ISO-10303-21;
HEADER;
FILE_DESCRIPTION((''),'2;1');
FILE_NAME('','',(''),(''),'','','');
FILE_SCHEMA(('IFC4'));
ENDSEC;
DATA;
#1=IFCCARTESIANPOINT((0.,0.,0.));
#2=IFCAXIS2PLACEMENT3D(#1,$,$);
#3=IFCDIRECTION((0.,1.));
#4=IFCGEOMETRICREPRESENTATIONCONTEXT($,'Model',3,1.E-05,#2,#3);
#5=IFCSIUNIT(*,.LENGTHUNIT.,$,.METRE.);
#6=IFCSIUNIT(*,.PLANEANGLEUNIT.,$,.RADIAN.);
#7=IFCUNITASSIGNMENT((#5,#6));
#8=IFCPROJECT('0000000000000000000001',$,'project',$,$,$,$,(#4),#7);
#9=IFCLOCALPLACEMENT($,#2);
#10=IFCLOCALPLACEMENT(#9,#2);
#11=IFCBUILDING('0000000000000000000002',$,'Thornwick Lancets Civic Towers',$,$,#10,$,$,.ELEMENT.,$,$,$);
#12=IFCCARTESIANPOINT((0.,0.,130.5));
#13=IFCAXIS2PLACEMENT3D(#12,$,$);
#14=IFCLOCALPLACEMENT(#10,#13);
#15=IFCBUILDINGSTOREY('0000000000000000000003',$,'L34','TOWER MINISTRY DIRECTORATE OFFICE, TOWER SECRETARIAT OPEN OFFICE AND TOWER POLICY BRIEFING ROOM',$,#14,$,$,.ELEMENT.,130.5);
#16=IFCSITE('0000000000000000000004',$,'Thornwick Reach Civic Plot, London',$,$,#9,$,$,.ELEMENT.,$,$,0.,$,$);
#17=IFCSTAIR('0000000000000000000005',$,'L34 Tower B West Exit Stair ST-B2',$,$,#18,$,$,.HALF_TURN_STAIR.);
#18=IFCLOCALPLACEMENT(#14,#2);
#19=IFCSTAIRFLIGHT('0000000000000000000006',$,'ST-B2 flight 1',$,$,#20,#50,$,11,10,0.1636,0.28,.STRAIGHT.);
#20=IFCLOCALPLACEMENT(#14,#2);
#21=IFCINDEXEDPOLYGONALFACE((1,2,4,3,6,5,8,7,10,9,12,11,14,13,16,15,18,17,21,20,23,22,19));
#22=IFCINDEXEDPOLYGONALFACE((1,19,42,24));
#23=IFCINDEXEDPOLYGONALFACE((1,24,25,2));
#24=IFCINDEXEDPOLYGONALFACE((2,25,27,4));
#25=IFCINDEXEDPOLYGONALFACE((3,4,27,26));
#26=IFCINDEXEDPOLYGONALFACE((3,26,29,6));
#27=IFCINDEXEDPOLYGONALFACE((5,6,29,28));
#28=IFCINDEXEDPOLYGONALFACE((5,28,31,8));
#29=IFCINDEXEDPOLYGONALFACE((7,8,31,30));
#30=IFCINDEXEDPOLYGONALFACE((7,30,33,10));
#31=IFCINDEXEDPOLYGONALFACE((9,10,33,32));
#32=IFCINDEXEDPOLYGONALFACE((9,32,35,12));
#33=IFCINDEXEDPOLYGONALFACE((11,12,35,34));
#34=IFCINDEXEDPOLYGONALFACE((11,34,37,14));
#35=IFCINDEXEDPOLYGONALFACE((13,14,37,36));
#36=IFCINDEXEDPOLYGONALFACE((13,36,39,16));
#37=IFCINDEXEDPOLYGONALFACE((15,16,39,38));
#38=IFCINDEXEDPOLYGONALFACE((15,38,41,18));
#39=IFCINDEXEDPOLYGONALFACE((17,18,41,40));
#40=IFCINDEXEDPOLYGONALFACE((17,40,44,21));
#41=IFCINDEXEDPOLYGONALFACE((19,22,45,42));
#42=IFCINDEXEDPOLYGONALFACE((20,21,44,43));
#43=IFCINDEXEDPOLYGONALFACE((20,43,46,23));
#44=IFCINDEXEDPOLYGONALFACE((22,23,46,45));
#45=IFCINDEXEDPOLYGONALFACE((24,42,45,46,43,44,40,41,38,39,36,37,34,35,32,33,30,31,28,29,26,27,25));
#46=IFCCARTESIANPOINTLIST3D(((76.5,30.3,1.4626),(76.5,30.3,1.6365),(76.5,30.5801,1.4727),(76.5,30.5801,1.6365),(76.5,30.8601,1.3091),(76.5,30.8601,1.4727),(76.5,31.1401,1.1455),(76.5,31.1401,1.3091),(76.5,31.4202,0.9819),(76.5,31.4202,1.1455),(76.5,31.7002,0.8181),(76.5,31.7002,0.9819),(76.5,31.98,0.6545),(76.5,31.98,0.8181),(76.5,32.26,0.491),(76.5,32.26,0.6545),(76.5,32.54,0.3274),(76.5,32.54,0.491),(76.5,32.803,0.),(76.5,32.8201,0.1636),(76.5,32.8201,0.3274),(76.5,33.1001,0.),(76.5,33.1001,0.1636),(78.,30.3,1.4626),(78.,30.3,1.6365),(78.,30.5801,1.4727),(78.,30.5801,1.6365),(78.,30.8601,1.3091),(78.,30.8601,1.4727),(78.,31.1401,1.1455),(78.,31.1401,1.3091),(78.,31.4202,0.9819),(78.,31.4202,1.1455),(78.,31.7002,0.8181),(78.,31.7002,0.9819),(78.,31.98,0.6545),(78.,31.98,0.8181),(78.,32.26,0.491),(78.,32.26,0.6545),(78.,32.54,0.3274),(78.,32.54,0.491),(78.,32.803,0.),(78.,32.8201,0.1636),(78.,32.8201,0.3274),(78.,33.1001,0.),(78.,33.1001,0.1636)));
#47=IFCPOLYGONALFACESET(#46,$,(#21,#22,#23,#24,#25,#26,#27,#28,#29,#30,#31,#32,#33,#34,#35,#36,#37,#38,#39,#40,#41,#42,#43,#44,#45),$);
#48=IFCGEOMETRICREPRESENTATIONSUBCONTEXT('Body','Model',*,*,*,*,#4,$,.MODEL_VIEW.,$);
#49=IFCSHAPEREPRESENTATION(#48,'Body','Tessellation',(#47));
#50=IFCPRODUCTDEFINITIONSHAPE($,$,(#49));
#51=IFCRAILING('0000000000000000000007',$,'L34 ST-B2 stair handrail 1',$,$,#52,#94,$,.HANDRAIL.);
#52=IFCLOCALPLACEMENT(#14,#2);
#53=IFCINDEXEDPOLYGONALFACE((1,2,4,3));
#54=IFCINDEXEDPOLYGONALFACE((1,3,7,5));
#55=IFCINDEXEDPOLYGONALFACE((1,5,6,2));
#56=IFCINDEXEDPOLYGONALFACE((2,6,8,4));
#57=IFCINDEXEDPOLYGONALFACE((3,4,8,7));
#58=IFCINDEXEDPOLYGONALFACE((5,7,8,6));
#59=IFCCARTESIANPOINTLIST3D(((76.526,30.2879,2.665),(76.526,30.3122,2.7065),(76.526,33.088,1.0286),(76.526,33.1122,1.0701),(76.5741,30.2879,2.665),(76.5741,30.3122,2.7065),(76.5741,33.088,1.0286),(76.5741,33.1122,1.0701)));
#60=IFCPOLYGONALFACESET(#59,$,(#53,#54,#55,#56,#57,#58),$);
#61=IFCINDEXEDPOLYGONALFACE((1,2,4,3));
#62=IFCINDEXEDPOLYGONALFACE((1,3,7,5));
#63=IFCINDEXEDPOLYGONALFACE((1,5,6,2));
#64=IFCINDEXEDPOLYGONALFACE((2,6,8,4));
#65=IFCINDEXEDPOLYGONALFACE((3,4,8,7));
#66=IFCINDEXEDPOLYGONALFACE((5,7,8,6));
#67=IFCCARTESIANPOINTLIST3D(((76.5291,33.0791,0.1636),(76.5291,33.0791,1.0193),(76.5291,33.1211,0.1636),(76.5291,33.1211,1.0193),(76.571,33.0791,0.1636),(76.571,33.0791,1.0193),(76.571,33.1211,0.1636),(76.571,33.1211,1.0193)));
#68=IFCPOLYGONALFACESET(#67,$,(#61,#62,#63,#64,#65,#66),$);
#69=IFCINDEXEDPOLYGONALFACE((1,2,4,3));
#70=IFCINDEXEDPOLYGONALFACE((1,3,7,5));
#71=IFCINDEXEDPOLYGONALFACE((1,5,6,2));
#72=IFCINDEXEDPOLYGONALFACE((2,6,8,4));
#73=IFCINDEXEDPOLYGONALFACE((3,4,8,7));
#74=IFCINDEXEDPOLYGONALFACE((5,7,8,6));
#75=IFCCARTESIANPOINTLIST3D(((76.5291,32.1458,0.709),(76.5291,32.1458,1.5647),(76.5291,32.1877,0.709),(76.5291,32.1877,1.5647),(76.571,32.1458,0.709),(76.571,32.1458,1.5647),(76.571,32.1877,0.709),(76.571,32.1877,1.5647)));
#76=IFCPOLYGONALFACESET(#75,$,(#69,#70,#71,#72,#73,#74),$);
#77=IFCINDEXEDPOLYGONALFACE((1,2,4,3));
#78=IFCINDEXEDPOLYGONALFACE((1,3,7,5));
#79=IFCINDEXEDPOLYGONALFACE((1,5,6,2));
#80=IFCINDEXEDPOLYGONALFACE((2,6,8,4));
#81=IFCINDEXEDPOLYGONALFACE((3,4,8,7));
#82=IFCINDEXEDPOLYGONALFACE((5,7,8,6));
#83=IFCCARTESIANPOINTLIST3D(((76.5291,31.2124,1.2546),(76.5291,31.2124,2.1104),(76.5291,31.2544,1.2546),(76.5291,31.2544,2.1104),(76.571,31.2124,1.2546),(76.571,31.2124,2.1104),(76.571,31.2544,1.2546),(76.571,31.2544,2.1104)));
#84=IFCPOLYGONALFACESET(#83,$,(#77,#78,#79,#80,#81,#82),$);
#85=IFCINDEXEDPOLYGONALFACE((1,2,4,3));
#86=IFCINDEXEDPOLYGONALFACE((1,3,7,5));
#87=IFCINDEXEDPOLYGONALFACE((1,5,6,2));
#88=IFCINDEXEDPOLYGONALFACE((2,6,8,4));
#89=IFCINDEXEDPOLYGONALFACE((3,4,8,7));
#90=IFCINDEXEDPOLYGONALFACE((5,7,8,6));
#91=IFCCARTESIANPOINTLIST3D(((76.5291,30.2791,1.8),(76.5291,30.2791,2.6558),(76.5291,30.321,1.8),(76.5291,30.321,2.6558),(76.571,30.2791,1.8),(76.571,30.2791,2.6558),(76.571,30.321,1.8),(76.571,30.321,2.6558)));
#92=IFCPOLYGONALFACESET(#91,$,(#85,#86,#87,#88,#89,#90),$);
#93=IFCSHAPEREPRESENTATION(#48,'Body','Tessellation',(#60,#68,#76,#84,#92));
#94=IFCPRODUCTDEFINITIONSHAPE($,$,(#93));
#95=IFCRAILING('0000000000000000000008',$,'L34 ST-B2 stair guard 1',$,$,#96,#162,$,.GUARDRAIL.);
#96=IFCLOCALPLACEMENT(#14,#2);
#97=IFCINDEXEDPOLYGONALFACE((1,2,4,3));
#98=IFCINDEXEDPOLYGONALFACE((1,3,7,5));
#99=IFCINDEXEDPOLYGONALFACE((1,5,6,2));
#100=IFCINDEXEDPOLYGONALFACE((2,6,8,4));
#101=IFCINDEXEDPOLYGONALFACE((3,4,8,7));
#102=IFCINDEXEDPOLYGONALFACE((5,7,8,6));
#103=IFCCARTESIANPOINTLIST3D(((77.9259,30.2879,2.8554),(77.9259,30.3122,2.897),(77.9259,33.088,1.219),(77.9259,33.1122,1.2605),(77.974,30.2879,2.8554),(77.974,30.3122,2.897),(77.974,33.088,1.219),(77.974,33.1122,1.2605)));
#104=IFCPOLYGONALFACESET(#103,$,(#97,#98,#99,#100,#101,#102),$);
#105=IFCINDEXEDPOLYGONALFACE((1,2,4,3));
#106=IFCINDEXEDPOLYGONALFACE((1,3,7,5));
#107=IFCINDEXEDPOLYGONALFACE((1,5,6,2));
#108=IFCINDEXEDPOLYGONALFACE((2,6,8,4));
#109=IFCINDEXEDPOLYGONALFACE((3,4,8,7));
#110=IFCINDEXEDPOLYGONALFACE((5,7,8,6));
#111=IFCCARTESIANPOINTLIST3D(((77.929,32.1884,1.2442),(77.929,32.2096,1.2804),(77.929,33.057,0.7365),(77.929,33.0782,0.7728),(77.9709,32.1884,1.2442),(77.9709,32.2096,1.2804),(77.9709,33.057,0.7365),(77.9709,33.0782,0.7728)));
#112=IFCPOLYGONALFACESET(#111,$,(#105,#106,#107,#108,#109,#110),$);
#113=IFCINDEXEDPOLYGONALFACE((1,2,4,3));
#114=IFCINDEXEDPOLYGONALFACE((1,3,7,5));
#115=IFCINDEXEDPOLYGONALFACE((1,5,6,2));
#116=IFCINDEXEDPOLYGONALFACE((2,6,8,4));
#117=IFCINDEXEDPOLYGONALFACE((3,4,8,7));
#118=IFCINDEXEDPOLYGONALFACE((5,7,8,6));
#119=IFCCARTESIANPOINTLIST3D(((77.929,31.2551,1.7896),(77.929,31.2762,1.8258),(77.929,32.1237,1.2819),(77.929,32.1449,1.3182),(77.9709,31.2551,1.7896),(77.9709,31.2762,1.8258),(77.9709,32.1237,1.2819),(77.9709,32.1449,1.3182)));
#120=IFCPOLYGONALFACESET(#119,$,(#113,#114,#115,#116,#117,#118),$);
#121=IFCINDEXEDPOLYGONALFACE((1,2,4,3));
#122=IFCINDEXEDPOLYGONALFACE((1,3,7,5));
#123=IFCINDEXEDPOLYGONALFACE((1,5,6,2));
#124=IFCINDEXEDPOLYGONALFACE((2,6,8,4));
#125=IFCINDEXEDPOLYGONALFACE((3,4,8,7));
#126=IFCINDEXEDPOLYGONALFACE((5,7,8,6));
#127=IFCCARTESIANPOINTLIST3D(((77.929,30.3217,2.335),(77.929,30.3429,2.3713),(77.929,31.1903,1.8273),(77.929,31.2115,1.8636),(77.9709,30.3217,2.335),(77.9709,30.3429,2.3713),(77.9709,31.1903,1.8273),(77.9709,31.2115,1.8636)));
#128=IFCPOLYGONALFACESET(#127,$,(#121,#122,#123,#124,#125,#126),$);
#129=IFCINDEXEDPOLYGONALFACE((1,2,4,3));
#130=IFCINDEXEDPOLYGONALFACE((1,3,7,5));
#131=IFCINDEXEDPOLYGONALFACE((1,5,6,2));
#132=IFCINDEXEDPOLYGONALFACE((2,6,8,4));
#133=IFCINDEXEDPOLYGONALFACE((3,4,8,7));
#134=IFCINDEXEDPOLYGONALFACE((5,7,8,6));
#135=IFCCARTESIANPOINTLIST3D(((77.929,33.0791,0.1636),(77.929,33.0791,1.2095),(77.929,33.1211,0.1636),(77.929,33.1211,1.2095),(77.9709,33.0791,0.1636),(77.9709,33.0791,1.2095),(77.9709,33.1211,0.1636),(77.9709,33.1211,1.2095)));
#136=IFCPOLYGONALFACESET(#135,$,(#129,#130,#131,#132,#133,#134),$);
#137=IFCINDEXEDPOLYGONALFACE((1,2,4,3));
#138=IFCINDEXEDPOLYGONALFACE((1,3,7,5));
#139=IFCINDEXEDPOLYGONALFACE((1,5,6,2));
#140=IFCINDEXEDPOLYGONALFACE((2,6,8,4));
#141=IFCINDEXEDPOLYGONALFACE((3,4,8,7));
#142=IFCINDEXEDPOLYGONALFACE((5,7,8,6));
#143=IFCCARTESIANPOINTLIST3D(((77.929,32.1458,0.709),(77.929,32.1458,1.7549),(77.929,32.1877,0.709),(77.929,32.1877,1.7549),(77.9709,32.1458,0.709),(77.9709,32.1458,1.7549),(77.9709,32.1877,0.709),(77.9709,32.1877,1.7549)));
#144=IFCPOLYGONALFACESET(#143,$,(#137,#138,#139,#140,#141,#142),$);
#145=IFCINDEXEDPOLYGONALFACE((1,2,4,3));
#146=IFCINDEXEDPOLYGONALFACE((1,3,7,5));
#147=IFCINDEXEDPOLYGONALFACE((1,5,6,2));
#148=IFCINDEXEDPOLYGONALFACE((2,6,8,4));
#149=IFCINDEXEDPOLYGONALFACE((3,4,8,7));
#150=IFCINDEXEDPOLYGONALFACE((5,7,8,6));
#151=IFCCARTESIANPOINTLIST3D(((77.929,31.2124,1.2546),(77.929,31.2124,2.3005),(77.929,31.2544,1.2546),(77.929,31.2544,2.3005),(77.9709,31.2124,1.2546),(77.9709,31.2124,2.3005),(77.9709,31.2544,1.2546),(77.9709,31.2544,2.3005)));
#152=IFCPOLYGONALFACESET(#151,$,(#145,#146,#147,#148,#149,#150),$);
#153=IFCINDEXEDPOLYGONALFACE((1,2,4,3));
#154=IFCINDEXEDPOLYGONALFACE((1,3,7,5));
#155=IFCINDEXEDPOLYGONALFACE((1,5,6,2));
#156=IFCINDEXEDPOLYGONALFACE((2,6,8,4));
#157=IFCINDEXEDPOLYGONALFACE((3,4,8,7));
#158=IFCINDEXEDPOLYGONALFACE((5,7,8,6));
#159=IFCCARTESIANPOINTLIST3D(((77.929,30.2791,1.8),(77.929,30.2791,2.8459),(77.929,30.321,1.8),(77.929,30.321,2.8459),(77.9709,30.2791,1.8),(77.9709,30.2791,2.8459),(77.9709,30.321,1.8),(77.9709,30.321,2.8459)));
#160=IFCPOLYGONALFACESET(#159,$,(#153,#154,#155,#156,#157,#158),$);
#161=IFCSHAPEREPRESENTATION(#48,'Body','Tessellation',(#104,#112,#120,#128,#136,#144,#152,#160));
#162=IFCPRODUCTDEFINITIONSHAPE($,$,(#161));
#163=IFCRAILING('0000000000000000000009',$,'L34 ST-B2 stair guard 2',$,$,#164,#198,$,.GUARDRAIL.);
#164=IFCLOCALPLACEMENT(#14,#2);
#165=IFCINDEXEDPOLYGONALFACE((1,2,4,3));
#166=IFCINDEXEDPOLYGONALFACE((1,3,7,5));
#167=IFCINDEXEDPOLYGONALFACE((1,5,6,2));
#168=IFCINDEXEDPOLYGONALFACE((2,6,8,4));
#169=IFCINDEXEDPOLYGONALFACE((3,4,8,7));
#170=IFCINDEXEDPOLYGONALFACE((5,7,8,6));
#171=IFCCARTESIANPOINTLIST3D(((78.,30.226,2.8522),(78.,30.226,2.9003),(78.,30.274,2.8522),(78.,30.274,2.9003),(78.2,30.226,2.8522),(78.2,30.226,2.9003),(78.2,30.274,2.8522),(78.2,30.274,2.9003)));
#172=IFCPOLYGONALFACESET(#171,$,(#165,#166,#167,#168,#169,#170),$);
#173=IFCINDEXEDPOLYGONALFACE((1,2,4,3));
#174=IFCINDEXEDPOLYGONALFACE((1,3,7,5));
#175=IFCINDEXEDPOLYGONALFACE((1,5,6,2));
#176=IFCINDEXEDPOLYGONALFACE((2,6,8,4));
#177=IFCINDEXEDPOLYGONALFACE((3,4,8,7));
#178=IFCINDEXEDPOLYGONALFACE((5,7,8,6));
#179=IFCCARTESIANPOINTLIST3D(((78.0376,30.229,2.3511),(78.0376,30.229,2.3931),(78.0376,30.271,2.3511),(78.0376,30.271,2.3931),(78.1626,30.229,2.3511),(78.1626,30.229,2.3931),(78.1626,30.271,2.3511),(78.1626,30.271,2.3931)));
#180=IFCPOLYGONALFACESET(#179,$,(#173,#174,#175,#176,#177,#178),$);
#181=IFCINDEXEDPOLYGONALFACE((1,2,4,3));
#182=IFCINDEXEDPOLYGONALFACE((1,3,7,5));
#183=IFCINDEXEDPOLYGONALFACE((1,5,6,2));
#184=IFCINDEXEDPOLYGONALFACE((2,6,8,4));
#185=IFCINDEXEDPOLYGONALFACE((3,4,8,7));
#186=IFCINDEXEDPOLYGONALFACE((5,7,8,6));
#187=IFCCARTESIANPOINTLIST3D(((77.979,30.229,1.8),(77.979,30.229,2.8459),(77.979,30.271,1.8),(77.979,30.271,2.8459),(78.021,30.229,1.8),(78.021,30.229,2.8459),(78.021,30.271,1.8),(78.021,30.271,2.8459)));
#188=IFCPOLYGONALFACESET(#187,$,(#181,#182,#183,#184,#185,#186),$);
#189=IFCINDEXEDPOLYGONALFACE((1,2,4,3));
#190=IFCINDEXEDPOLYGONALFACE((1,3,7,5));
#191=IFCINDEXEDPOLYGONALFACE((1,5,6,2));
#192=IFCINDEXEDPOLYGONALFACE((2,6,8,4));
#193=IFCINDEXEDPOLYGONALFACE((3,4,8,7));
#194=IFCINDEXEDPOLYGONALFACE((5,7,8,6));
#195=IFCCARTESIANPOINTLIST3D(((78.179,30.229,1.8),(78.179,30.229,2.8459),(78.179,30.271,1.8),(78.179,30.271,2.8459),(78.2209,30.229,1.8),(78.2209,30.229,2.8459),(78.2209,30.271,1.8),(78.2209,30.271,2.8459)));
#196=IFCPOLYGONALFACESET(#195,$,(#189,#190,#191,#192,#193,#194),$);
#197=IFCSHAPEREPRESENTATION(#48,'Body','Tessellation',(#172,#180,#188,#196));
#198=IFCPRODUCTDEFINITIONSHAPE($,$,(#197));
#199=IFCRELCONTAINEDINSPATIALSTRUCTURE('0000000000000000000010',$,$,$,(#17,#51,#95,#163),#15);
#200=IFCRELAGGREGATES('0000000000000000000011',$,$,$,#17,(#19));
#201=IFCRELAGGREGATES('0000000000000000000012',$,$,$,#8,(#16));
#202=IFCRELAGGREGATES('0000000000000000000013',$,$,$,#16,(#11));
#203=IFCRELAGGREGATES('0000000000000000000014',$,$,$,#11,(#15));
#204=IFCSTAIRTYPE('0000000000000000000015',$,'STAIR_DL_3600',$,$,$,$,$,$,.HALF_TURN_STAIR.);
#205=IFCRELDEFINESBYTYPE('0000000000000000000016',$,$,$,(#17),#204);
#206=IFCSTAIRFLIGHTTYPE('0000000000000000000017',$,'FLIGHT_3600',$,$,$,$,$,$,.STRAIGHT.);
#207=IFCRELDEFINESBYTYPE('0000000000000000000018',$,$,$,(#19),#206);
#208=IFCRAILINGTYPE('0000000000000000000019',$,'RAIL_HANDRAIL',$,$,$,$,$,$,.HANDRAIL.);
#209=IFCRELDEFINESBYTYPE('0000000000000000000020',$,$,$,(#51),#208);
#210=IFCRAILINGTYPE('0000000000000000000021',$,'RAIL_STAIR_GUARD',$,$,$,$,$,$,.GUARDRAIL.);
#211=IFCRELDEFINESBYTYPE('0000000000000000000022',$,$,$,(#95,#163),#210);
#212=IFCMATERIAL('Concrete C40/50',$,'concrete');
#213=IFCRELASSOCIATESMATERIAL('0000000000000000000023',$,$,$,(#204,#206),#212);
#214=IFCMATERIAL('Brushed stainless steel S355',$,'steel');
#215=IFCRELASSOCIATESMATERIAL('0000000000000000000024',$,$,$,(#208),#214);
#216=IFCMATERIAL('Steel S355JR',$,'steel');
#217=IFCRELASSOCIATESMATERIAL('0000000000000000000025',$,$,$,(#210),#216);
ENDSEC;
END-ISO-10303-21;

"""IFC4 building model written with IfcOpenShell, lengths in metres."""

from ifc_helpers import new_model, si_unit, direction, frame, origin, origin_2d, place, context, subcontext, project, spatial, polyline, rectangle, outline, extrude, material, type_object, element, aggregate, save


model = new_model("IFC4")

# Units and contexts
model_context = context("Model", 3, precision=1e-05, world=origin(), true_north=direction((0.0, 1.0)))
body_context = subcontext(model_context, "Body", "Model", "MODEL_VIEW")
ifc_project = project(units=[si_unit("LENGTHUNIT", "METRE"), si_unit("PLANEANGLEUNIT", "RADIAN")], contexts=[model_context])

# Site, building, storey
site_placement = place(None, origin())
site = spatial("IfcSite", under=ifc_project, at=site_placement, Name="Thornwick Reach Civic Plot, London", CompositionType="ELEMENT", RefElevation=0.0)
building_placement = place(site_placement, origin())
building = spatial("IfcBuilding", under=site, at=building_placement, Name="Thornwick Lancets Civic Towers", CompositionType="ELEMENT")
storey_placement = place(building_placement, frame((0.0, 0.0, 130.5)))
storey = spatial("IfcBuildingStorey", under=building, at=storey_placement, Name="L34", Description="TOWER MINISTRY DIRECTORATE OFFICE, TOWER SECRETARIAT OPEN OFFICE AND TOWER POLICY BRIEFING ROOM", CompositionType="ELEMENT", Elevation=130.5)

# Shared definitions
ifc_material_1 = material(Name="Steel S355JR", Category="steel")
ifc_material_2 = material(Name="Concrete C40/50", Category="concrete")

# Stair, stair flight
stair_type = type_object("IfcStairType", Name="STAIR_DL_3600", PredefinedType="HALF_TURN_STAIR", material=ifc_material_2)
stair_placement = place(storey_placement, origin())
stair = element("IfcStair", 1, at=stair_placement, inside=storey, type_object=stair_type, Name="L34 Tower B West Exit Stair ST-B2", PredefinedType="HALF_TURN_STAIR")
stair_flight_type = type_object("IfcStairFlightType", Name="FLIGHT_3600", PredefinedType="STRAIGHT", material=ifc_material_2)
stair_flight_placement = place(storey_placement, frame((77.25, 33.1001, 0.0), z_axis=(0.0, 0.0, 1.0), x_axis=(0.0, -1.0, 0.0)))
stair_flight = element("IfcStairFlight", 2, at=stair_flight_placement, type_object=stair_flight_type, Name="ST-B2 flight 1", NumberOfRisers=11, NumberOfTreads=10, PredefinedType="STRAIGHT", RiserHeight=0.1636, TreadLength=0.28, context=body_context, shape_type="SweptSolid", body=[
    extrude(outline(polyline([(0.0, 0.0), (0.0, 0.1636), (0.28, 0.1636), (0.28, 0.3274), (0.5601, 0.3274), (0.5601, 0.491), (0.8401, 0.491), (0.8401, 0.6545), (1.1201, 0.6545), (1.1201, 0.8181), (1.3999, 0.8181), (1.3999, 0.9819), (1.6799, 0.9819), (1.6799, 1.1455), (1.96, 1.1455), (1.96, 1.3091), (2.24, 1.3091), (2.24, 1.4727), (2.52, 1.4727), (2.52, 1.6365), (2.8, 1.6365), (2.8, 1.8), (2.8, 1.4626), (0.2971, 0.0), (0.0, 0.0)])), frame((0.0, 0.75, 0.0), z_axis=(0.0, -1.0, 0.0), x_axis=(1.0, 0.0, 0.0)), (0.0, 0.0, 1.0), 1.5),
])
aggregate(stair, [stair_flight])

# Railings
ifc_material_3 = material(Name="Brushed stainless steel S355", Category="steel")
railing_type_1 = type_object("IfcRailingType", Name="RAIL_HANDRAIL", PredefinedType="HANDRAIL", material=ifc_material_3)
railing_1_placement = place(storey_placement, frame((76.55, 33.1001, 0.1636)))
element("IfcRailing", 3, at=railing_1_placement, inside=storey, type_object=railing_type_1, Name="L34 ST-B2 stair handrail 1", PredefinedType="HANDRAIL", context=body_context, shape_type="SweptSolid", body=[
    extrude(rectangle(XDim=0.0481, YDim=0.0481, at=origin_2d()), frame((0.0, 0.0, 0.8857), z_axis=(0.0, -0.863361, 0.504587), x_axis=(1.0, 0.0, 0.0)), (0.0, 0.0, 1.0), 3.2432),
    extrude(rectangle(XDim=0.042, YDim=0.042, at=origin_2d()), origin(), (0.0, 0.0, 1.0), 0.8557),
    extrude(rectangle(XDim=0.042, YDim=0.042, at=origin_2d()), frame((0.0, -0.9333, 0.5454)), (0.0, 0.0, 1.0), 0.8557),
    extrude(rectangle(XDim=0.042, YDim=0.042, at=origin_2d()), frame((0.0, -1.8667, 1.0911)), (0.0, 0.0, 1.0), 0.8557),
    extrude(rectangle(XDim=0.042, YDim=0.042, at=origin_2d()), frame((0.0, -2.8, 1.6365)), (0.0, 0.0, 1.0), 0.8557),
])
railing_type_2 = type_object("IfcRailingType", Name="RAIL_STAIR_GUARD", PredefinedType="GUARDRAIL", material=ifc_material_1)
railing_2_placement = place(storey_placement, frame((77.95, 33.1001, 0.1636)))
element("IfcRailing", 4, at=railing_2_placement, inside=storey, type_object=railing_type_2, Name="L34 ST-B2 stair guard 1", PredefinedType="GUARDRAIL", context=body_context, shape_type="SweptSolid", body=[
    extrude(rectangle(XDim=0.0481, YDim=0.0481, at=origin_2d()), frame((0.0, 0.0, 1.0762), z_axis=(0.0, -0.863361, 0.504587), x_axis=(1.0, 0.0, 0.0)), (0.0, 0.0, 1.0), 3.2432),
    extrude(rectangle(XDim=0.042, YDim=0.042, at=origin_2d()), frame((0.0, -0.0325, 0.5911), z_axis=(0.0, -0.863361, 0.504587), x_axis=(1.0, 0.0, 0.0)), (0.0, 0.0, 1.0), 1.0061),
    extrude(rectangle(XDim=0.042, YDim=0.042, at=origin_2d()), frame((0.0, -0.9658, 1.1365), z_axis=(0.0, -0.863361, 0.504587), x_axis=(1.0, 0.0, 0.0)), (0.0, 0.0, 1.0), 1.0061),
    extrude(rectangle(XDim=0.042, YDim=0.042, at=origin_2d()), frame((0.0, -1.8992, 1.6819), z_axis=(0.0, -0.863361, 0.504587), x_axis=(1.0, 0.0, 0.0)), (0.0, 0.0, 1.0), 1.0061),
    extrude(rectangle(XDim=0.042, YDim=0.042, at=origin_2d()), origin(), (0.0, 0.0, 1.0), 1.0459),
    extrude(rectangle(XDim=0.042, YDim=0.042, at=origin_2d()), frame((0.0, -0.9333, 0.5454)), (0.0, 0.0, 1.0), 1.0459),
    extrude(rectangle(XDim=0.042, YDim=0.042, at=origin_2d()), frame((0.0, -1.8667, 1.0911)), (0.0, 0.0, 1.0), 1.0459),
    extrude(rectangle(XDim=0.042, YDim=0.042, at=origin_2d()), frame((0.0, -2.8, 1.6365)), (0.0, 0.0, 1.0), 1.0459),
])
railing_3_placement = place(storey_placement, frame((78.0, 30.25, 1.8)))
element("IfcRailing", 5, at=railing_3_placement, inside=storey, type_object=railing_type_2, Name="L34 ST-B2 stair guard 2", PredefinedType="GUARDRAIL", context=body_context, shape_type="SweptSolid", body=[
    extrude(rectangle(XDim=0.0481, YDim=0.0481, at=origin_2d()), frame((0.0, 0.0, 1.0762), z_axis=(1.0, 0.0, 0.0), x_axis=(0.0, 1.0, 0.0)), (0.0, 0.0, 1.0), 0.2),
    extrude(rectangle(XDim=0.042, YDim=0.042, at=origin_2d()), frame((0.0376, 0.0, 0.572), z_axis=(1.0, 0.0, 0.0), x_axis=(0.0, 1.0, 0.0)), (0.0, 0.0, 1.0), 0.125),
    extrude(rectangle(XDim=0.042, YDim=0.042, at=origin_2d()), origin(), (0.0, 0.0, 1.0), 1.0459),
    extrude(rectangle(XDim=0.042, YDim=0.042, at=origin_2d()), frame((0.2, 0.0, 0.0)), (0.0, 0.0, 1.0), 1.0459),
])

save(model, "model.ifc")
